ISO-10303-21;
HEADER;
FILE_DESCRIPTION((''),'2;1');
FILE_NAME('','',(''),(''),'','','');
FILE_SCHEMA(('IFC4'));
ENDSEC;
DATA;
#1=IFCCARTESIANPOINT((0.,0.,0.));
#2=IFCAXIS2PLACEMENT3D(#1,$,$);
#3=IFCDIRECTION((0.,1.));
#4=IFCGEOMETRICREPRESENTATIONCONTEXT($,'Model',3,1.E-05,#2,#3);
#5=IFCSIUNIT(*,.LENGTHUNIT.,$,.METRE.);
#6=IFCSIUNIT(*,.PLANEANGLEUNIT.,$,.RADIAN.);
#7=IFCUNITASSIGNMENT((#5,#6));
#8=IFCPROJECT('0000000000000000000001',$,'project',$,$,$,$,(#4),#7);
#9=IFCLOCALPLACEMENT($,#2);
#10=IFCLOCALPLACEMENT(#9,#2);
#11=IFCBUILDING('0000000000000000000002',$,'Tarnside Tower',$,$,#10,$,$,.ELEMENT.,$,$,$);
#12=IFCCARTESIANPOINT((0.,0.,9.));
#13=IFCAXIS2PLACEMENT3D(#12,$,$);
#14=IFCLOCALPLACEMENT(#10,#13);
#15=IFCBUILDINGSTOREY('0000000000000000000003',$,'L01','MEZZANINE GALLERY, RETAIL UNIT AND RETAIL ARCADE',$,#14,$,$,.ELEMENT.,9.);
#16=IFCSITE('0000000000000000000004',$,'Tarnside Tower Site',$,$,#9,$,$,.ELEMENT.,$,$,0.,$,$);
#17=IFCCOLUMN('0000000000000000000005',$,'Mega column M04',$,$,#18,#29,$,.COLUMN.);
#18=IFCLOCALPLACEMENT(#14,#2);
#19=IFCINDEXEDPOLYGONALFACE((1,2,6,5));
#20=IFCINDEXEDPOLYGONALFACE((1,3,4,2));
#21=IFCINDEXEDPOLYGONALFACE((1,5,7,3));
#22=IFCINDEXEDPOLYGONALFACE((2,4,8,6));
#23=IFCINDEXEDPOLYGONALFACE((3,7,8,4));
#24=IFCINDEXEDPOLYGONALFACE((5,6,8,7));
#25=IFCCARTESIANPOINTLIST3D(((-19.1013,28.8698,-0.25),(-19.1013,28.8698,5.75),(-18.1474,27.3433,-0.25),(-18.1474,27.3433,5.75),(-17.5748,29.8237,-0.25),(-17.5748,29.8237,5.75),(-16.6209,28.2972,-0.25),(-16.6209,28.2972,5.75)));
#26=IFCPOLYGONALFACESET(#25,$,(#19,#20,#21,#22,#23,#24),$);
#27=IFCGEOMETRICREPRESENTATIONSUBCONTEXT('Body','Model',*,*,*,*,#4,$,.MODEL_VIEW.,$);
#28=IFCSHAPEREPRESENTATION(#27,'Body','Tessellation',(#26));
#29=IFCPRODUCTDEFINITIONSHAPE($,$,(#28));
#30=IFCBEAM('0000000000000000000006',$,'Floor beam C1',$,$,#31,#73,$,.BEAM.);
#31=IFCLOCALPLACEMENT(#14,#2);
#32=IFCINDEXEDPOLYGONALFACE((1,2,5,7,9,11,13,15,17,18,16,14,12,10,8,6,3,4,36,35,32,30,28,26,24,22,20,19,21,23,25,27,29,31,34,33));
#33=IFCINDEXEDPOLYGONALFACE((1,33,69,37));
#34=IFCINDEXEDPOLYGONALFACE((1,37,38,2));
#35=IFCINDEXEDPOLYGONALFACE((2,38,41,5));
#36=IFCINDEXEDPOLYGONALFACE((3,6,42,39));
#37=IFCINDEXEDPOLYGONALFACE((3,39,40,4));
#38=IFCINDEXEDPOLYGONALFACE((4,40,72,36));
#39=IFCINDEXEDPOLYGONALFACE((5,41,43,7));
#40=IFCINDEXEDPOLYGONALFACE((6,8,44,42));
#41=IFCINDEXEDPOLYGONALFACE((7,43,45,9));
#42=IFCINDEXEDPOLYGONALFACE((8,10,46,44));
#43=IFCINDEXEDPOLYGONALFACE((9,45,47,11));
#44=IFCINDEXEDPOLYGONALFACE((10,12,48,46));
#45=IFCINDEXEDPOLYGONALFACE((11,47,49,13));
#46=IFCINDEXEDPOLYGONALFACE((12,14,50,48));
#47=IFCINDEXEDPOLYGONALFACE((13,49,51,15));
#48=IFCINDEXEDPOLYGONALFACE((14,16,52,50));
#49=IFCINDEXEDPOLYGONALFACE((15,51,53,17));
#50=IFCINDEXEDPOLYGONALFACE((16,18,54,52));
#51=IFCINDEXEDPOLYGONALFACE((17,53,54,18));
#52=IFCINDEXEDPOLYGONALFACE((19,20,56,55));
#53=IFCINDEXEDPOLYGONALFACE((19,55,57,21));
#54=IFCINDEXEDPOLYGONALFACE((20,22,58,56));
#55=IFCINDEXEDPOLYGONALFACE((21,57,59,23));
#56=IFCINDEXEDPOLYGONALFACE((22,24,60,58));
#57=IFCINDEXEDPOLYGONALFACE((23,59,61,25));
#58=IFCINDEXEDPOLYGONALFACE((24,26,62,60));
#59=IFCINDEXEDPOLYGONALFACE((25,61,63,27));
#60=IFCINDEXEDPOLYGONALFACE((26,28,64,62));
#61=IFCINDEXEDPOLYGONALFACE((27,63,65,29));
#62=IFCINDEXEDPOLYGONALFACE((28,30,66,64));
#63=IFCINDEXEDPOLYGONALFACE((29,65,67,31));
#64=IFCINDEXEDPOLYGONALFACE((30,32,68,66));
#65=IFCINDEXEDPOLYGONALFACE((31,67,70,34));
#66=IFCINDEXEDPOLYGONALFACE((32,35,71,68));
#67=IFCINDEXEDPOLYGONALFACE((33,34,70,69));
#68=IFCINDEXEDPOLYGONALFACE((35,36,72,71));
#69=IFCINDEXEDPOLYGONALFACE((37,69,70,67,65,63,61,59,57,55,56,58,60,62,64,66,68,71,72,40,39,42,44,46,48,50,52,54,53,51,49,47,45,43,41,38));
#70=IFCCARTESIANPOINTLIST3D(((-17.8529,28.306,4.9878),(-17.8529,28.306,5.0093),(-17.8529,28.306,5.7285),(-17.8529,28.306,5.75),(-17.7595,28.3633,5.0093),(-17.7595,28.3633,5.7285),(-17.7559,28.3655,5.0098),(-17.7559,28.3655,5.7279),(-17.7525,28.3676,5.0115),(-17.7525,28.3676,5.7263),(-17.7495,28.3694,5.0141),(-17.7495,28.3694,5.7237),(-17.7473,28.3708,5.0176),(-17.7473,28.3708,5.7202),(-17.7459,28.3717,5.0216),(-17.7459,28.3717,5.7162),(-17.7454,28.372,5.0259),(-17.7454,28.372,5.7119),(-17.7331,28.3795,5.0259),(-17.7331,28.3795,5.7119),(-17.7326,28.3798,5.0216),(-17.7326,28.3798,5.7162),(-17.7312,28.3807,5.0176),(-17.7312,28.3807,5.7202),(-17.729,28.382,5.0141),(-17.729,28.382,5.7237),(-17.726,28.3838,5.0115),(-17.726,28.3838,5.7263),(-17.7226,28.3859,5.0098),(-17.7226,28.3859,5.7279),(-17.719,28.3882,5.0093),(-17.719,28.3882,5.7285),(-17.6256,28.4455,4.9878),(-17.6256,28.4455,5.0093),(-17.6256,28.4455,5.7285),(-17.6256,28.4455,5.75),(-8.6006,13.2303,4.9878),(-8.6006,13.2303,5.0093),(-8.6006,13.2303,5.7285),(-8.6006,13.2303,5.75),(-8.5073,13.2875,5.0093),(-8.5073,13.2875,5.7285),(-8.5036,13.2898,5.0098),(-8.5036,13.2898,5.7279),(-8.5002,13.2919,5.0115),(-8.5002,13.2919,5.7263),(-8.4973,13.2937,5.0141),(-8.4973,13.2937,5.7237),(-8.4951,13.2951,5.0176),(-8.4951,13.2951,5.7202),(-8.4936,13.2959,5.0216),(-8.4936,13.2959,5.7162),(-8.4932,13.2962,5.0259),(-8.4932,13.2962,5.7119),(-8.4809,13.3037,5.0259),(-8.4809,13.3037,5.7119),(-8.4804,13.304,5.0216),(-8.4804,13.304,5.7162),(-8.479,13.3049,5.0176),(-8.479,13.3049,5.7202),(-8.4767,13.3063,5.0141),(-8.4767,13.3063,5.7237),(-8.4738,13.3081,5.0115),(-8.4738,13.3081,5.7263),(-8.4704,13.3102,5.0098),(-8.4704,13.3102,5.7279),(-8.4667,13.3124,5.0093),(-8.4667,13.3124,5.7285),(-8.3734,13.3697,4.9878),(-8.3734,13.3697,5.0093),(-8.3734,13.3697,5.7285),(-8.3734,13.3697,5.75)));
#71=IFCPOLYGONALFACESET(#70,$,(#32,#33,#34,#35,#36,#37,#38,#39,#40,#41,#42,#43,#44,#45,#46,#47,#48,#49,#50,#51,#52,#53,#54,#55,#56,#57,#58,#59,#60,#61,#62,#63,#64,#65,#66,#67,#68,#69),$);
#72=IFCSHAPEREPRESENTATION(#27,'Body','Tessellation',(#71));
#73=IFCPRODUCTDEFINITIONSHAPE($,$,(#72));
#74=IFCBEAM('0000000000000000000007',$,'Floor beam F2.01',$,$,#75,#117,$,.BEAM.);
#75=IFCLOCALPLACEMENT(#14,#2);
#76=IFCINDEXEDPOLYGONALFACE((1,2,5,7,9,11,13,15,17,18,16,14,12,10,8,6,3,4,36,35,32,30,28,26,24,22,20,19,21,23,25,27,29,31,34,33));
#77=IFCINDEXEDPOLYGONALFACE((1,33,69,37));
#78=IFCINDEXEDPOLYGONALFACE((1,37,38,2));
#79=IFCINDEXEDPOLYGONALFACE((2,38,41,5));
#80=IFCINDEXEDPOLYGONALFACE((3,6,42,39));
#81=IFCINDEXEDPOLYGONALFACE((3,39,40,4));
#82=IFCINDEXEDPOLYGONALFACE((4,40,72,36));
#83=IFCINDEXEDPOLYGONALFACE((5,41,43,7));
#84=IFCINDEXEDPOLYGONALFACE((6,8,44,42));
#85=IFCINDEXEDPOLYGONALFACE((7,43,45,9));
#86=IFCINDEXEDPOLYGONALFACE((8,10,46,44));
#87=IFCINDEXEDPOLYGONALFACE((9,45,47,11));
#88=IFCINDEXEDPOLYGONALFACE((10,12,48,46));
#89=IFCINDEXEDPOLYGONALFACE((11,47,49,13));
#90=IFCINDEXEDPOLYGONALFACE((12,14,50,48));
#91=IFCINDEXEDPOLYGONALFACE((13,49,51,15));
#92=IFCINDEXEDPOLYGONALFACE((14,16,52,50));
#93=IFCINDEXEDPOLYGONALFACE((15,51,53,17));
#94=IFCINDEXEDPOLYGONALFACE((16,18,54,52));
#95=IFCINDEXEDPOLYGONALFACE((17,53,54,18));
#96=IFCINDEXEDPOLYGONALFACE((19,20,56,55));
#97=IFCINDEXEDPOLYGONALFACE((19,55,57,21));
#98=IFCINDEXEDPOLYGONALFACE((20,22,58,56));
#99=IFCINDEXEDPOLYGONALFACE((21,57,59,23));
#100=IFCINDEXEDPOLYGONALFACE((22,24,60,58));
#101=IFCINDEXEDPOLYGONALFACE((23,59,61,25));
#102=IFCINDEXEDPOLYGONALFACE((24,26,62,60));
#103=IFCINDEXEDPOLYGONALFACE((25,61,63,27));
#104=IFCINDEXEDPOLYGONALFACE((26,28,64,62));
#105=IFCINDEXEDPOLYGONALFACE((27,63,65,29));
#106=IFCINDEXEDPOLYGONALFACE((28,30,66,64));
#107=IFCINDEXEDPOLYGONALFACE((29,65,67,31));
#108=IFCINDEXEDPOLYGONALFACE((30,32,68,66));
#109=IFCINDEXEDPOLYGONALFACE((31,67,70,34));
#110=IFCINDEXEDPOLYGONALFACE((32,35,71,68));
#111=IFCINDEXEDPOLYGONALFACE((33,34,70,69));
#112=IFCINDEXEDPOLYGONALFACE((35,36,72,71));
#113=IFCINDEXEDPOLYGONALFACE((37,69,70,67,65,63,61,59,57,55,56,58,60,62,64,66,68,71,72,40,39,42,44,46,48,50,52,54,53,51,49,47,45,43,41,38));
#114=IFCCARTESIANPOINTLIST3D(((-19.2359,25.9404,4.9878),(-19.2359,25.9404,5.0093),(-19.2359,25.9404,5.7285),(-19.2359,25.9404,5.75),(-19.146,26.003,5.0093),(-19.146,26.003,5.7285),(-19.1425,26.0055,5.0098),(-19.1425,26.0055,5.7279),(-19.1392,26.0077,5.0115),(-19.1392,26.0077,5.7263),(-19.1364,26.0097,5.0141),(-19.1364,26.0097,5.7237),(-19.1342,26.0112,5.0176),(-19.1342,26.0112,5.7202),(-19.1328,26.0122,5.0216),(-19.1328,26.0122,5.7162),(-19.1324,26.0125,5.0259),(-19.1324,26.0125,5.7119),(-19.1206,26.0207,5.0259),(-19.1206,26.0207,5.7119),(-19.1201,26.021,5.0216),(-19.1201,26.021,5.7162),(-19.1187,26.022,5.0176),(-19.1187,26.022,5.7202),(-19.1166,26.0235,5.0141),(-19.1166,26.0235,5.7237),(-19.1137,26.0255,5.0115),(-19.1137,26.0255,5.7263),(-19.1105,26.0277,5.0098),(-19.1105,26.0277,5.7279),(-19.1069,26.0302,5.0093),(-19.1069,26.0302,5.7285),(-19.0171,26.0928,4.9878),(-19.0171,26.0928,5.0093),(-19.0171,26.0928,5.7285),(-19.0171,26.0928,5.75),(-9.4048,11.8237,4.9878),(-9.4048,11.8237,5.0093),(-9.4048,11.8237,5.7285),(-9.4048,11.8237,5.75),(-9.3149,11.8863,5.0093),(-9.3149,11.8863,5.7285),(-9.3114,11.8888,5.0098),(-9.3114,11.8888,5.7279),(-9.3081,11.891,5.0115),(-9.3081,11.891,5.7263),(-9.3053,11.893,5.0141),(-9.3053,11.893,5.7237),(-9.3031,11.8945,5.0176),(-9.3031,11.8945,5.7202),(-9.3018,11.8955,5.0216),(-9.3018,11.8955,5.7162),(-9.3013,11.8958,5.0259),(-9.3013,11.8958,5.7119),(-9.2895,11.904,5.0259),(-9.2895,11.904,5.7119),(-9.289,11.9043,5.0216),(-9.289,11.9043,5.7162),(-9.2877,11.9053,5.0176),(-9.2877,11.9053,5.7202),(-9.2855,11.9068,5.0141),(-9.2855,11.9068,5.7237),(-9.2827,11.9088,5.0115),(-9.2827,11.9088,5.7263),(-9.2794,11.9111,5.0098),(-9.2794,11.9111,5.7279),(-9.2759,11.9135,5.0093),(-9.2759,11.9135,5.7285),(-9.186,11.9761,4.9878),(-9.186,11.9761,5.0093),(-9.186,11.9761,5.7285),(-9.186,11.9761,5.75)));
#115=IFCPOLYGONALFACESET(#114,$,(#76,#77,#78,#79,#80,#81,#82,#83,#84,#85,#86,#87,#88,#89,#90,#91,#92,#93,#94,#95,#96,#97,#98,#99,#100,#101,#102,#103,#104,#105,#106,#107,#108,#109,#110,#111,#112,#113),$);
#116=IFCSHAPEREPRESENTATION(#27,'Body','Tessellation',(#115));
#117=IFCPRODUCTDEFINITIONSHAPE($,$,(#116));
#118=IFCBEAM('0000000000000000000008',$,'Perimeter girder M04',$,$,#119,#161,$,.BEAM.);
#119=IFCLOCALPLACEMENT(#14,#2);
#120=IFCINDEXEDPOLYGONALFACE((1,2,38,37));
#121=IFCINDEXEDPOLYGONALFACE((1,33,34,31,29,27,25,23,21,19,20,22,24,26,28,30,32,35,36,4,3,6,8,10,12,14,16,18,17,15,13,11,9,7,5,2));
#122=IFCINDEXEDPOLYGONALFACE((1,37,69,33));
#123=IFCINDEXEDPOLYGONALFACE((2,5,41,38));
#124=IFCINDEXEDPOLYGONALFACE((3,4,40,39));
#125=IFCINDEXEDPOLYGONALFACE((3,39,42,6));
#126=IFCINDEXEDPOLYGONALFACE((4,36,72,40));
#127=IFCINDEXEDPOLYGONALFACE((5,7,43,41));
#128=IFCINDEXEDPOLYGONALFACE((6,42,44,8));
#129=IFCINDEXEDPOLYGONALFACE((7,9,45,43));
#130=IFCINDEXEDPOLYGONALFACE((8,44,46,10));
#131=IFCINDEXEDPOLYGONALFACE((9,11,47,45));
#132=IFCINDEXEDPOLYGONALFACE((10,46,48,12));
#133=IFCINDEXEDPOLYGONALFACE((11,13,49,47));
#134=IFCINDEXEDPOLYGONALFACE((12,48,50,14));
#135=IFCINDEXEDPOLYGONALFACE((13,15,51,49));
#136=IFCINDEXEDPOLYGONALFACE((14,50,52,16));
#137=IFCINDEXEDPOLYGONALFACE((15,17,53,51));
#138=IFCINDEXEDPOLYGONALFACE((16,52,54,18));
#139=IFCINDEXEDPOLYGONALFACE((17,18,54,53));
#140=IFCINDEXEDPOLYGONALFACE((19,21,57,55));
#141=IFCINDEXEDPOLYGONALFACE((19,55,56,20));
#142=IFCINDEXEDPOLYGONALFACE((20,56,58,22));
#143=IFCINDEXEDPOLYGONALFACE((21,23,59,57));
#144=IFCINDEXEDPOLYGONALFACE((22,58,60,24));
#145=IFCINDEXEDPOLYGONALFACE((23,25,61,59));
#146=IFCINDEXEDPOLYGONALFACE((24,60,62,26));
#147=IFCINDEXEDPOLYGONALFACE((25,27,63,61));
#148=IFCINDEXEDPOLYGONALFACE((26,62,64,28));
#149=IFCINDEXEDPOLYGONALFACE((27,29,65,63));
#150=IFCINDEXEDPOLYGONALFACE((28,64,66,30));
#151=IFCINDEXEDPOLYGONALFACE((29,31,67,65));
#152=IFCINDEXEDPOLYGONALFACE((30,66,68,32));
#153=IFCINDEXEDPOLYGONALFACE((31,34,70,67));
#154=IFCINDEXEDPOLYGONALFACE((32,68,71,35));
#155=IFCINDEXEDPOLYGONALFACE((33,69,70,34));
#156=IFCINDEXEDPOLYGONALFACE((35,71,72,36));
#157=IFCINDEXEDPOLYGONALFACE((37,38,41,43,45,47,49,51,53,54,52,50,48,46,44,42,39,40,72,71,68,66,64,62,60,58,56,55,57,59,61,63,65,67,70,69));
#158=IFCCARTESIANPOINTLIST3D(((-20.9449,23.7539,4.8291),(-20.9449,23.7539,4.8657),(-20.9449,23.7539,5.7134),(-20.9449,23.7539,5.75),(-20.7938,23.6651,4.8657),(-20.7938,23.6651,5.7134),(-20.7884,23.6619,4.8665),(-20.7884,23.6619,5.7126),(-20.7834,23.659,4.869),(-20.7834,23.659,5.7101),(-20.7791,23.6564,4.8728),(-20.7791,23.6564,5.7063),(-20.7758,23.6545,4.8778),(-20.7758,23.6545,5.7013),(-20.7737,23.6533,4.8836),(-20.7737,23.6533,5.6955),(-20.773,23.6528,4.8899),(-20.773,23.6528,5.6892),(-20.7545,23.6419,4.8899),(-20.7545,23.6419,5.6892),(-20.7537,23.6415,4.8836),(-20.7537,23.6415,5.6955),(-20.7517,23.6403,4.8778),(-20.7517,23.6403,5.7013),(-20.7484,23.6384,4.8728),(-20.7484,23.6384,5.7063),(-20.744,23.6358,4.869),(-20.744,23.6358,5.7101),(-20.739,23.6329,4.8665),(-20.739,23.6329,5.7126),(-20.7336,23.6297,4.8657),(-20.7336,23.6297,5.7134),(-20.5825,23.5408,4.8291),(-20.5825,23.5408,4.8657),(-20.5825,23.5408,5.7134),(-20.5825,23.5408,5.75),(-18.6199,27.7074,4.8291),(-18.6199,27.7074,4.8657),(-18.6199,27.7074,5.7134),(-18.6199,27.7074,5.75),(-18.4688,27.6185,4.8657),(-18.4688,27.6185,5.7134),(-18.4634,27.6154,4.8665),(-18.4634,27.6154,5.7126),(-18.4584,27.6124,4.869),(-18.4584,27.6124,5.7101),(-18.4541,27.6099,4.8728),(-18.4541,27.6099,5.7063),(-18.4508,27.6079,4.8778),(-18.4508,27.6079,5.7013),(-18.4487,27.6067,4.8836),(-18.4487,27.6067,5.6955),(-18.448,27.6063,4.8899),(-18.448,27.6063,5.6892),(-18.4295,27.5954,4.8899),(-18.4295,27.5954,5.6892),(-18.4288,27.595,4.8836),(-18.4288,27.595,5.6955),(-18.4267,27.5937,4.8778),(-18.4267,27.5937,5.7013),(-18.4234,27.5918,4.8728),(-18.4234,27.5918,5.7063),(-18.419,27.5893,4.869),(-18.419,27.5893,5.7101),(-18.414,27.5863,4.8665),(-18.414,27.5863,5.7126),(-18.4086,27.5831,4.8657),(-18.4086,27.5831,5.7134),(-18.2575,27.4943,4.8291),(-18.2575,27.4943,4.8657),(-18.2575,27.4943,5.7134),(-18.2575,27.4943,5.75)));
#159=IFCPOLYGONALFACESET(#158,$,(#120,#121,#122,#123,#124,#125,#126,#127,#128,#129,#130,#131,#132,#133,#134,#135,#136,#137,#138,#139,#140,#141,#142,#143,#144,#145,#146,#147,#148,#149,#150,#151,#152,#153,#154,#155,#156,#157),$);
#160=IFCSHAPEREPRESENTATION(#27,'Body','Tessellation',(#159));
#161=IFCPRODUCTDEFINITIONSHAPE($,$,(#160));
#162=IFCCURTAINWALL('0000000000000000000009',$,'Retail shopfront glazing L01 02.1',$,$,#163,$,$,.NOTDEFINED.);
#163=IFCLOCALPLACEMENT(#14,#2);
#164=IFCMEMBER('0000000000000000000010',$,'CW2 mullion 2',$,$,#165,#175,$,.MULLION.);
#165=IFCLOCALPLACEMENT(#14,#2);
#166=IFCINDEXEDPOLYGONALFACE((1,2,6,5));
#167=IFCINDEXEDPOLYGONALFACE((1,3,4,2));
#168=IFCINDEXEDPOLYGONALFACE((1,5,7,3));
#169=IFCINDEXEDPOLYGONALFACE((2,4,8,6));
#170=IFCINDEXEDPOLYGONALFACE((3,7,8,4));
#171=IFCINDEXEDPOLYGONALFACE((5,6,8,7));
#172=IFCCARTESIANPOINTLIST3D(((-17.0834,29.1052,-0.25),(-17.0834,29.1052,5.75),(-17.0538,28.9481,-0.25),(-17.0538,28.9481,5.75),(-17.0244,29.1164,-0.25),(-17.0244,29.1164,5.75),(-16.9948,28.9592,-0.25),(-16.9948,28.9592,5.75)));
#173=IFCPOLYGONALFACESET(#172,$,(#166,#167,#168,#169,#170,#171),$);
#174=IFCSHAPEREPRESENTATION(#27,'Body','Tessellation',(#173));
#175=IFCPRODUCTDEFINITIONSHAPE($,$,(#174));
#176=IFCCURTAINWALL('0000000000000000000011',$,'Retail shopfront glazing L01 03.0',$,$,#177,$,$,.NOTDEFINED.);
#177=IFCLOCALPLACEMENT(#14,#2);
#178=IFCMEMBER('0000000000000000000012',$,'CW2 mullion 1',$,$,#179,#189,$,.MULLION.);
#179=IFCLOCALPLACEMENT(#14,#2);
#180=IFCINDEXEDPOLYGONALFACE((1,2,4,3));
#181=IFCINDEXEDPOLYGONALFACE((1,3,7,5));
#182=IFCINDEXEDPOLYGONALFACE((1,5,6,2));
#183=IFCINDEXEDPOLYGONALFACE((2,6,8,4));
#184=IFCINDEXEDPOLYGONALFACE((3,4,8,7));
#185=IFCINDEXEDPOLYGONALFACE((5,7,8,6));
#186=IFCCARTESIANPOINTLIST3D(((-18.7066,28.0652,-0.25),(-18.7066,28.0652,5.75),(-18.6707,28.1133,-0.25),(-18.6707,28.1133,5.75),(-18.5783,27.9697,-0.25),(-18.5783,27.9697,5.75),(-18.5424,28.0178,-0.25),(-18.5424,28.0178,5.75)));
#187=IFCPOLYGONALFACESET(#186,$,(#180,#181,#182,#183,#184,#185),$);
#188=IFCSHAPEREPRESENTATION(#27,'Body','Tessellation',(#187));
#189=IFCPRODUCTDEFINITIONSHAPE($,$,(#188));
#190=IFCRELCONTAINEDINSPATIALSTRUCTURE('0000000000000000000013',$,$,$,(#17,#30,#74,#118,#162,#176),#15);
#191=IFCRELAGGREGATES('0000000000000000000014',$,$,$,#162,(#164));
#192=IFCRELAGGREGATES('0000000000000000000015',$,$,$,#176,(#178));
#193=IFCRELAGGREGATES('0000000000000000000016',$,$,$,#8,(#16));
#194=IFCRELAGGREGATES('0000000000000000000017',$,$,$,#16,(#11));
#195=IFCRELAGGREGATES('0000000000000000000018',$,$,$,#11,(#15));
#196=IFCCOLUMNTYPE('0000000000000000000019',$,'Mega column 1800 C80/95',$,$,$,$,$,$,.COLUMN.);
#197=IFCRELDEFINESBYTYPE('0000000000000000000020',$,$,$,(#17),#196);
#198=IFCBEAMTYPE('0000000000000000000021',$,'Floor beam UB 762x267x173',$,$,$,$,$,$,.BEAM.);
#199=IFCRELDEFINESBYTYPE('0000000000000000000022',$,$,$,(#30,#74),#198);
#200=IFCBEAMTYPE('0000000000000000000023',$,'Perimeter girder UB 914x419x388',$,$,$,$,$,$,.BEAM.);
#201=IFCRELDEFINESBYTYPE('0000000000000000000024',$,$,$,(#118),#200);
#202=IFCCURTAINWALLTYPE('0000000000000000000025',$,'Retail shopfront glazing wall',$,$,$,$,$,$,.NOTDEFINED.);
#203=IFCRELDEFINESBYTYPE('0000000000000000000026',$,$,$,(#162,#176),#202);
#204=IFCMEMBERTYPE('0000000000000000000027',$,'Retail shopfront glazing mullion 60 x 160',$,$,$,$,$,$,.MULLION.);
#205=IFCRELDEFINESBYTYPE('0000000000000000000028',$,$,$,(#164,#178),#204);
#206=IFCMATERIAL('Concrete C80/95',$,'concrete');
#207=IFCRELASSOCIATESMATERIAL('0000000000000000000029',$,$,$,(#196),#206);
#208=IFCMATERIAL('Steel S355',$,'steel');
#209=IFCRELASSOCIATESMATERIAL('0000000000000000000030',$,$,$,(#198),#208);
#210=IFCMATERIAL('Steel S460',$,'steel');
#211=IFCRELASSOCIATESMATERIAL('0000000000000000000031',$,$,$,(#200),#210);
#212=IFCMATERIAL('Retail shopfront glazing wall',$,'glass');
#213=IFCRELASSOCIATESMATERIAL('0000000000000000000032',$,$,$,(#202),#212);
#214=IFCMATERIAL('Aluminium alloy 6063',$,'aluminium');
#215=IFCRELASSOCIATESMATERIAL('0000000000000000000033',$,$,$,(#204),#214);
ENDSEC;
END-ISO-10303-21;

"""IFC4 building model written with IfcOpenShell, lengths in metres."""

from ifc_helpers import new_model, si_unit, direction, frame, origin, origin_2d, place, context, subcontext, project, spatial, rectangle, i_section, extrude, material, material_profile, profile_set, type_object, element, aggregate, save


model = new_model("IFC4")

# Units and contexts
model_context = context("Model", 3, precision=1e-05, world=origin(), true_north=direction((0.0, 1.0)))
body_context = subcontext(model_context, "Body", "Model", "MODEL_VIEW")
ifc_project = project(units=[si_unit("LENGTHUNIT", "METRE"), si_unit("PLANEANGLEUNIT", "RADIAN")], contexts=[model_context])

# Site, building, storey
site_placement = place(None, origin())
site = spatial("IfcSite", under=ifc_project, at=site_placement, Name="Tarnside Tower Site", CompositionType="ELEMENT", RefElevation=0.0)
building_placement = place(site_placement, origin())
building = spatial("IfcBuilding", under=site, at=building_placement, Name="Tarnside Tower", CompositionType="ELEMENT")
storey_placement = place(building_placement, frame((0.0, 0.0, 9.0)))
storey = spatial("IfcBuildingStorey", under=building, at=storey_placement, Name="L01", Description="MEZZANINE GALLERY, RETAIL UNIT AND RETAIL ARCADE", CompositionType="ELEMENT", Elevation=9.0)

# Column
ifc_material_1 = material(Name="Concrete C80/95", Category="concrete")
ifc_material_profile_1 = material_profile(ifc_material_1, rectangle(XDim=1.8, YDim=1.8, at=origin_2d()), Name="Mega column 1800x1800")
ifc_profile_set_1 = profile_set([ifc_material_profile_1], Name="Concrete C80/95")
column_type = type_object("IfcColumnType", Name="Mega column 1800 C80/95", PredefinedType="COLUMN", material=ifc_profile_set_1)
column_placement = place(storey_placement, frame((-17.8611, 28.5835, -0.25), z_axis=(0.0, 0.0, 1.0), x_axis=(0.848048, 0.529919, 0.0)))
element("IfcColumn", 1, at=column_placement, inside=storey, type_object=column_type, Name="Mega column M04", PredefinedType="COLUMN", context=body_context, shape_type="SweptSolid", body=[
    extrude(rectangle(XDim=1.8, YDim=1.8, at=origin_2d()), origin(), (0.0, 0.0, 1.0), 6.0),
])

# Beams
ifc_material_2 = material(Name="Steel S355", Category="steel")
ifc_material_profile_2 = material_profile(ifc_material_2, i_section(OverallWidth=0.2666, OverallDepth=0.7622, WebThickness=0.0144, FlangeThickness=0.0215, FilletRadius=0.0166, at=origin_2d()), Name="UB 762x267x173")
ifc_profile_set_2 = profile_set([ifc_material_profile_2], Name="Steel S355")
beam_type_1 = type_object("IfcBeamType", Name="Floor beam UB 762x267x173", PredefinedType="BEAM", material=ifc_profile_set_2)
beam_1_placement = place(storey_placement, frame((-17.7393, 28.3757, 5.3689), z_axis=(0.523066, -0.852292, 0.0), x_axis=(0.852292, 0.523066, 0.0)))
element("IfcBeam", 2, at=beam_1_placement, inside=storey, type_object=beam_type_1, Name="Floor beam C1", PredefinedType="BEAM", context=body_context, shape_type="SweptSolid", body=[
    extrude(i_section(OverallWidth=0.2666, OverallDepth=0.7622, WebThickness=0.0144, FlangeThickness=0.0215, FilletRadius=0.0166, at=origin_2d()), origin(), (0.0, 0.0, 1.0), 17.6885),
])
beam_2_placement = place(storey_placement, frame((-19.1265, 26.0166, 5.3689), z_axis=(0.571485, -0.820612, 0.0), x_axis=(0.820612, 0.571485, 0.0)))
element("IfcBeam", 3, at=beam_2_placement, inside=storey, type_object=beam_type_1, Name="Floor beam F2.01", PredefinedType="BEAM", context=body_context, shape_type="SweptSolid", body=[
    extrude(i_section(OverallWidth=0.2666, OverallDepth=0.7622, WebThickness=0.0144, FlangeThickness=0.0215, FilletRadius=0.0166, at=origin_2d()), origin(), (0.0, 0.0, 1.0), 17.2026),
])
ifc_material_3 = material(Name="Steel S460", Category="steel")
ifc_material_profile_3 = material_profile(ifc_material_3, i_section(OverallWidth=0.4204, OverallDepth=0.9209, WebThickness=0.0215, FlangeThickness=0.0366, FilletRadius=0.0242, at=origin_2d()), Name="UB 914x419x388")
ifc_profile_set_3 = profile_set([ifc_material_profile_3], Name="Steel S460")
beam_type_2 = type_object("IfcBeamType", Name="Perimeter girder UB 914x419x388", PredefinedType="BEAM", material=ifc_profile_set_3)
beam_3_placement = place(storey_placement, frame((-18.4387, 27.6008, 5.2896), z_axis=(-0.506929, -0.861988, 0.0), x_axis=(0.861988, -0.506929, 0.0)))
element("IfcBeam", 4, at=beam_3_placement, inside=storey, type_object=beam_type_2, Name="Perimeter girder M04", PredefinedType="BEAM", context=body_context, shape_type="SweptSolid", body=[
    extrude(i_section(OverallWidth=0.4204, OverallDepth=0.9209, WebThickness=0.0215, FlangeThickness=0.0366, FilletRadius=0.0242, at=origin_2d()), origin(), (0.0, 0.0, 1.0), 4.5864),
])

# Curtain wall, member
ifc_material_4 = material(Name="Retail shopfront glazing wall", Category="glass")
curtain_wall_type = type_object("IfcCurtainWallType", Name="Retail shopfront glazing wall", PredefinedType="NOTDEFINED", material=ifc_material_4)
curtain_wall_1_placement = place(storey_placement, origin())
curtain_wall_1 = element("IfcCurtainWall", 5, at=curtain_wall_1_placement, inside=storey, type_object=curtain_wall_type, Name="Retail shopfront glazing L01 02.1", PredefinedType="NOTDEFINED")
ifc_material_5 = material(Name="Aluminium alloy 6063", Category="aluminium")
ifc_material_profile_4 = material_profile(ifc_material_5, rectangle(XDim=0.1599, YDim=0.0601, at=origin_2d()), Name="Retail shopfront glazing mullion 60 x 160")
ifc_profile_set_4 = profile_set([ifc_material_profile_4], Name="Aluminium alloy 6063")
member_type_1 = type_object("IfcMemberType", Name="Retail shopfront glazing mullion 60 x 160", PredefinedType="MULLION", material=ifc_profile_set_4)
member_1_placement = place(storey_placement, frame((-17.0391, 29.0322, -0.25), z_axis=(0.0, 0.0, 1.0), x_axis=(0.185095, -0.982721, 0.0)))
member_1 = element("IfcMember", 6, at=member_1_placement, type_object=member_type_1, Name="CW2 mullion 2", PredefinedType="MULLION", context=body_context, shape_type="SweptSolid", body=[
    extrude(rectangle(XDim=0.1599, YDim=0.0601, at=origin_2d()), origin(), (0.0, 0.0, 1.0), 6.0),
])

# Curtain wall, member
curtain_wall_2_placement = place(storey_placement, origin())
curtain_wall_2 = element("IfcCurtainWall", 7, at=curtain_wall_2_placement, inside=storey, type_object=curtain_wall_type, Name="Retail shopfront glazing L01 03.0", PredefinedType="NOTDEFINED")
member_2_placement = place(storey_placement, frame((-18.6245, 28.0415, -0.25), z_axis=(0.0, 0.0, 1.0), x_axis=(0.802123, -0.597159, 0.0)))
member_2 = element("IfcMember", 8, at=member_2_placement, type_object=member_type_1, Name="CW2 mullion 1", PredefinedType="MULLION", context=body_context, shape_type="SweptSolid", body=[
    extrude(rectangle(XDim=0.1599, YDim=0.0601, at=origin_2d()), origin(), (0.0, 0.0, 1.0), 6.0),
])

aggregate(curtain_wall_1, [member_1])
aggregate(curtain_wall_2, [member_2])

save(model, "model.ifc")
